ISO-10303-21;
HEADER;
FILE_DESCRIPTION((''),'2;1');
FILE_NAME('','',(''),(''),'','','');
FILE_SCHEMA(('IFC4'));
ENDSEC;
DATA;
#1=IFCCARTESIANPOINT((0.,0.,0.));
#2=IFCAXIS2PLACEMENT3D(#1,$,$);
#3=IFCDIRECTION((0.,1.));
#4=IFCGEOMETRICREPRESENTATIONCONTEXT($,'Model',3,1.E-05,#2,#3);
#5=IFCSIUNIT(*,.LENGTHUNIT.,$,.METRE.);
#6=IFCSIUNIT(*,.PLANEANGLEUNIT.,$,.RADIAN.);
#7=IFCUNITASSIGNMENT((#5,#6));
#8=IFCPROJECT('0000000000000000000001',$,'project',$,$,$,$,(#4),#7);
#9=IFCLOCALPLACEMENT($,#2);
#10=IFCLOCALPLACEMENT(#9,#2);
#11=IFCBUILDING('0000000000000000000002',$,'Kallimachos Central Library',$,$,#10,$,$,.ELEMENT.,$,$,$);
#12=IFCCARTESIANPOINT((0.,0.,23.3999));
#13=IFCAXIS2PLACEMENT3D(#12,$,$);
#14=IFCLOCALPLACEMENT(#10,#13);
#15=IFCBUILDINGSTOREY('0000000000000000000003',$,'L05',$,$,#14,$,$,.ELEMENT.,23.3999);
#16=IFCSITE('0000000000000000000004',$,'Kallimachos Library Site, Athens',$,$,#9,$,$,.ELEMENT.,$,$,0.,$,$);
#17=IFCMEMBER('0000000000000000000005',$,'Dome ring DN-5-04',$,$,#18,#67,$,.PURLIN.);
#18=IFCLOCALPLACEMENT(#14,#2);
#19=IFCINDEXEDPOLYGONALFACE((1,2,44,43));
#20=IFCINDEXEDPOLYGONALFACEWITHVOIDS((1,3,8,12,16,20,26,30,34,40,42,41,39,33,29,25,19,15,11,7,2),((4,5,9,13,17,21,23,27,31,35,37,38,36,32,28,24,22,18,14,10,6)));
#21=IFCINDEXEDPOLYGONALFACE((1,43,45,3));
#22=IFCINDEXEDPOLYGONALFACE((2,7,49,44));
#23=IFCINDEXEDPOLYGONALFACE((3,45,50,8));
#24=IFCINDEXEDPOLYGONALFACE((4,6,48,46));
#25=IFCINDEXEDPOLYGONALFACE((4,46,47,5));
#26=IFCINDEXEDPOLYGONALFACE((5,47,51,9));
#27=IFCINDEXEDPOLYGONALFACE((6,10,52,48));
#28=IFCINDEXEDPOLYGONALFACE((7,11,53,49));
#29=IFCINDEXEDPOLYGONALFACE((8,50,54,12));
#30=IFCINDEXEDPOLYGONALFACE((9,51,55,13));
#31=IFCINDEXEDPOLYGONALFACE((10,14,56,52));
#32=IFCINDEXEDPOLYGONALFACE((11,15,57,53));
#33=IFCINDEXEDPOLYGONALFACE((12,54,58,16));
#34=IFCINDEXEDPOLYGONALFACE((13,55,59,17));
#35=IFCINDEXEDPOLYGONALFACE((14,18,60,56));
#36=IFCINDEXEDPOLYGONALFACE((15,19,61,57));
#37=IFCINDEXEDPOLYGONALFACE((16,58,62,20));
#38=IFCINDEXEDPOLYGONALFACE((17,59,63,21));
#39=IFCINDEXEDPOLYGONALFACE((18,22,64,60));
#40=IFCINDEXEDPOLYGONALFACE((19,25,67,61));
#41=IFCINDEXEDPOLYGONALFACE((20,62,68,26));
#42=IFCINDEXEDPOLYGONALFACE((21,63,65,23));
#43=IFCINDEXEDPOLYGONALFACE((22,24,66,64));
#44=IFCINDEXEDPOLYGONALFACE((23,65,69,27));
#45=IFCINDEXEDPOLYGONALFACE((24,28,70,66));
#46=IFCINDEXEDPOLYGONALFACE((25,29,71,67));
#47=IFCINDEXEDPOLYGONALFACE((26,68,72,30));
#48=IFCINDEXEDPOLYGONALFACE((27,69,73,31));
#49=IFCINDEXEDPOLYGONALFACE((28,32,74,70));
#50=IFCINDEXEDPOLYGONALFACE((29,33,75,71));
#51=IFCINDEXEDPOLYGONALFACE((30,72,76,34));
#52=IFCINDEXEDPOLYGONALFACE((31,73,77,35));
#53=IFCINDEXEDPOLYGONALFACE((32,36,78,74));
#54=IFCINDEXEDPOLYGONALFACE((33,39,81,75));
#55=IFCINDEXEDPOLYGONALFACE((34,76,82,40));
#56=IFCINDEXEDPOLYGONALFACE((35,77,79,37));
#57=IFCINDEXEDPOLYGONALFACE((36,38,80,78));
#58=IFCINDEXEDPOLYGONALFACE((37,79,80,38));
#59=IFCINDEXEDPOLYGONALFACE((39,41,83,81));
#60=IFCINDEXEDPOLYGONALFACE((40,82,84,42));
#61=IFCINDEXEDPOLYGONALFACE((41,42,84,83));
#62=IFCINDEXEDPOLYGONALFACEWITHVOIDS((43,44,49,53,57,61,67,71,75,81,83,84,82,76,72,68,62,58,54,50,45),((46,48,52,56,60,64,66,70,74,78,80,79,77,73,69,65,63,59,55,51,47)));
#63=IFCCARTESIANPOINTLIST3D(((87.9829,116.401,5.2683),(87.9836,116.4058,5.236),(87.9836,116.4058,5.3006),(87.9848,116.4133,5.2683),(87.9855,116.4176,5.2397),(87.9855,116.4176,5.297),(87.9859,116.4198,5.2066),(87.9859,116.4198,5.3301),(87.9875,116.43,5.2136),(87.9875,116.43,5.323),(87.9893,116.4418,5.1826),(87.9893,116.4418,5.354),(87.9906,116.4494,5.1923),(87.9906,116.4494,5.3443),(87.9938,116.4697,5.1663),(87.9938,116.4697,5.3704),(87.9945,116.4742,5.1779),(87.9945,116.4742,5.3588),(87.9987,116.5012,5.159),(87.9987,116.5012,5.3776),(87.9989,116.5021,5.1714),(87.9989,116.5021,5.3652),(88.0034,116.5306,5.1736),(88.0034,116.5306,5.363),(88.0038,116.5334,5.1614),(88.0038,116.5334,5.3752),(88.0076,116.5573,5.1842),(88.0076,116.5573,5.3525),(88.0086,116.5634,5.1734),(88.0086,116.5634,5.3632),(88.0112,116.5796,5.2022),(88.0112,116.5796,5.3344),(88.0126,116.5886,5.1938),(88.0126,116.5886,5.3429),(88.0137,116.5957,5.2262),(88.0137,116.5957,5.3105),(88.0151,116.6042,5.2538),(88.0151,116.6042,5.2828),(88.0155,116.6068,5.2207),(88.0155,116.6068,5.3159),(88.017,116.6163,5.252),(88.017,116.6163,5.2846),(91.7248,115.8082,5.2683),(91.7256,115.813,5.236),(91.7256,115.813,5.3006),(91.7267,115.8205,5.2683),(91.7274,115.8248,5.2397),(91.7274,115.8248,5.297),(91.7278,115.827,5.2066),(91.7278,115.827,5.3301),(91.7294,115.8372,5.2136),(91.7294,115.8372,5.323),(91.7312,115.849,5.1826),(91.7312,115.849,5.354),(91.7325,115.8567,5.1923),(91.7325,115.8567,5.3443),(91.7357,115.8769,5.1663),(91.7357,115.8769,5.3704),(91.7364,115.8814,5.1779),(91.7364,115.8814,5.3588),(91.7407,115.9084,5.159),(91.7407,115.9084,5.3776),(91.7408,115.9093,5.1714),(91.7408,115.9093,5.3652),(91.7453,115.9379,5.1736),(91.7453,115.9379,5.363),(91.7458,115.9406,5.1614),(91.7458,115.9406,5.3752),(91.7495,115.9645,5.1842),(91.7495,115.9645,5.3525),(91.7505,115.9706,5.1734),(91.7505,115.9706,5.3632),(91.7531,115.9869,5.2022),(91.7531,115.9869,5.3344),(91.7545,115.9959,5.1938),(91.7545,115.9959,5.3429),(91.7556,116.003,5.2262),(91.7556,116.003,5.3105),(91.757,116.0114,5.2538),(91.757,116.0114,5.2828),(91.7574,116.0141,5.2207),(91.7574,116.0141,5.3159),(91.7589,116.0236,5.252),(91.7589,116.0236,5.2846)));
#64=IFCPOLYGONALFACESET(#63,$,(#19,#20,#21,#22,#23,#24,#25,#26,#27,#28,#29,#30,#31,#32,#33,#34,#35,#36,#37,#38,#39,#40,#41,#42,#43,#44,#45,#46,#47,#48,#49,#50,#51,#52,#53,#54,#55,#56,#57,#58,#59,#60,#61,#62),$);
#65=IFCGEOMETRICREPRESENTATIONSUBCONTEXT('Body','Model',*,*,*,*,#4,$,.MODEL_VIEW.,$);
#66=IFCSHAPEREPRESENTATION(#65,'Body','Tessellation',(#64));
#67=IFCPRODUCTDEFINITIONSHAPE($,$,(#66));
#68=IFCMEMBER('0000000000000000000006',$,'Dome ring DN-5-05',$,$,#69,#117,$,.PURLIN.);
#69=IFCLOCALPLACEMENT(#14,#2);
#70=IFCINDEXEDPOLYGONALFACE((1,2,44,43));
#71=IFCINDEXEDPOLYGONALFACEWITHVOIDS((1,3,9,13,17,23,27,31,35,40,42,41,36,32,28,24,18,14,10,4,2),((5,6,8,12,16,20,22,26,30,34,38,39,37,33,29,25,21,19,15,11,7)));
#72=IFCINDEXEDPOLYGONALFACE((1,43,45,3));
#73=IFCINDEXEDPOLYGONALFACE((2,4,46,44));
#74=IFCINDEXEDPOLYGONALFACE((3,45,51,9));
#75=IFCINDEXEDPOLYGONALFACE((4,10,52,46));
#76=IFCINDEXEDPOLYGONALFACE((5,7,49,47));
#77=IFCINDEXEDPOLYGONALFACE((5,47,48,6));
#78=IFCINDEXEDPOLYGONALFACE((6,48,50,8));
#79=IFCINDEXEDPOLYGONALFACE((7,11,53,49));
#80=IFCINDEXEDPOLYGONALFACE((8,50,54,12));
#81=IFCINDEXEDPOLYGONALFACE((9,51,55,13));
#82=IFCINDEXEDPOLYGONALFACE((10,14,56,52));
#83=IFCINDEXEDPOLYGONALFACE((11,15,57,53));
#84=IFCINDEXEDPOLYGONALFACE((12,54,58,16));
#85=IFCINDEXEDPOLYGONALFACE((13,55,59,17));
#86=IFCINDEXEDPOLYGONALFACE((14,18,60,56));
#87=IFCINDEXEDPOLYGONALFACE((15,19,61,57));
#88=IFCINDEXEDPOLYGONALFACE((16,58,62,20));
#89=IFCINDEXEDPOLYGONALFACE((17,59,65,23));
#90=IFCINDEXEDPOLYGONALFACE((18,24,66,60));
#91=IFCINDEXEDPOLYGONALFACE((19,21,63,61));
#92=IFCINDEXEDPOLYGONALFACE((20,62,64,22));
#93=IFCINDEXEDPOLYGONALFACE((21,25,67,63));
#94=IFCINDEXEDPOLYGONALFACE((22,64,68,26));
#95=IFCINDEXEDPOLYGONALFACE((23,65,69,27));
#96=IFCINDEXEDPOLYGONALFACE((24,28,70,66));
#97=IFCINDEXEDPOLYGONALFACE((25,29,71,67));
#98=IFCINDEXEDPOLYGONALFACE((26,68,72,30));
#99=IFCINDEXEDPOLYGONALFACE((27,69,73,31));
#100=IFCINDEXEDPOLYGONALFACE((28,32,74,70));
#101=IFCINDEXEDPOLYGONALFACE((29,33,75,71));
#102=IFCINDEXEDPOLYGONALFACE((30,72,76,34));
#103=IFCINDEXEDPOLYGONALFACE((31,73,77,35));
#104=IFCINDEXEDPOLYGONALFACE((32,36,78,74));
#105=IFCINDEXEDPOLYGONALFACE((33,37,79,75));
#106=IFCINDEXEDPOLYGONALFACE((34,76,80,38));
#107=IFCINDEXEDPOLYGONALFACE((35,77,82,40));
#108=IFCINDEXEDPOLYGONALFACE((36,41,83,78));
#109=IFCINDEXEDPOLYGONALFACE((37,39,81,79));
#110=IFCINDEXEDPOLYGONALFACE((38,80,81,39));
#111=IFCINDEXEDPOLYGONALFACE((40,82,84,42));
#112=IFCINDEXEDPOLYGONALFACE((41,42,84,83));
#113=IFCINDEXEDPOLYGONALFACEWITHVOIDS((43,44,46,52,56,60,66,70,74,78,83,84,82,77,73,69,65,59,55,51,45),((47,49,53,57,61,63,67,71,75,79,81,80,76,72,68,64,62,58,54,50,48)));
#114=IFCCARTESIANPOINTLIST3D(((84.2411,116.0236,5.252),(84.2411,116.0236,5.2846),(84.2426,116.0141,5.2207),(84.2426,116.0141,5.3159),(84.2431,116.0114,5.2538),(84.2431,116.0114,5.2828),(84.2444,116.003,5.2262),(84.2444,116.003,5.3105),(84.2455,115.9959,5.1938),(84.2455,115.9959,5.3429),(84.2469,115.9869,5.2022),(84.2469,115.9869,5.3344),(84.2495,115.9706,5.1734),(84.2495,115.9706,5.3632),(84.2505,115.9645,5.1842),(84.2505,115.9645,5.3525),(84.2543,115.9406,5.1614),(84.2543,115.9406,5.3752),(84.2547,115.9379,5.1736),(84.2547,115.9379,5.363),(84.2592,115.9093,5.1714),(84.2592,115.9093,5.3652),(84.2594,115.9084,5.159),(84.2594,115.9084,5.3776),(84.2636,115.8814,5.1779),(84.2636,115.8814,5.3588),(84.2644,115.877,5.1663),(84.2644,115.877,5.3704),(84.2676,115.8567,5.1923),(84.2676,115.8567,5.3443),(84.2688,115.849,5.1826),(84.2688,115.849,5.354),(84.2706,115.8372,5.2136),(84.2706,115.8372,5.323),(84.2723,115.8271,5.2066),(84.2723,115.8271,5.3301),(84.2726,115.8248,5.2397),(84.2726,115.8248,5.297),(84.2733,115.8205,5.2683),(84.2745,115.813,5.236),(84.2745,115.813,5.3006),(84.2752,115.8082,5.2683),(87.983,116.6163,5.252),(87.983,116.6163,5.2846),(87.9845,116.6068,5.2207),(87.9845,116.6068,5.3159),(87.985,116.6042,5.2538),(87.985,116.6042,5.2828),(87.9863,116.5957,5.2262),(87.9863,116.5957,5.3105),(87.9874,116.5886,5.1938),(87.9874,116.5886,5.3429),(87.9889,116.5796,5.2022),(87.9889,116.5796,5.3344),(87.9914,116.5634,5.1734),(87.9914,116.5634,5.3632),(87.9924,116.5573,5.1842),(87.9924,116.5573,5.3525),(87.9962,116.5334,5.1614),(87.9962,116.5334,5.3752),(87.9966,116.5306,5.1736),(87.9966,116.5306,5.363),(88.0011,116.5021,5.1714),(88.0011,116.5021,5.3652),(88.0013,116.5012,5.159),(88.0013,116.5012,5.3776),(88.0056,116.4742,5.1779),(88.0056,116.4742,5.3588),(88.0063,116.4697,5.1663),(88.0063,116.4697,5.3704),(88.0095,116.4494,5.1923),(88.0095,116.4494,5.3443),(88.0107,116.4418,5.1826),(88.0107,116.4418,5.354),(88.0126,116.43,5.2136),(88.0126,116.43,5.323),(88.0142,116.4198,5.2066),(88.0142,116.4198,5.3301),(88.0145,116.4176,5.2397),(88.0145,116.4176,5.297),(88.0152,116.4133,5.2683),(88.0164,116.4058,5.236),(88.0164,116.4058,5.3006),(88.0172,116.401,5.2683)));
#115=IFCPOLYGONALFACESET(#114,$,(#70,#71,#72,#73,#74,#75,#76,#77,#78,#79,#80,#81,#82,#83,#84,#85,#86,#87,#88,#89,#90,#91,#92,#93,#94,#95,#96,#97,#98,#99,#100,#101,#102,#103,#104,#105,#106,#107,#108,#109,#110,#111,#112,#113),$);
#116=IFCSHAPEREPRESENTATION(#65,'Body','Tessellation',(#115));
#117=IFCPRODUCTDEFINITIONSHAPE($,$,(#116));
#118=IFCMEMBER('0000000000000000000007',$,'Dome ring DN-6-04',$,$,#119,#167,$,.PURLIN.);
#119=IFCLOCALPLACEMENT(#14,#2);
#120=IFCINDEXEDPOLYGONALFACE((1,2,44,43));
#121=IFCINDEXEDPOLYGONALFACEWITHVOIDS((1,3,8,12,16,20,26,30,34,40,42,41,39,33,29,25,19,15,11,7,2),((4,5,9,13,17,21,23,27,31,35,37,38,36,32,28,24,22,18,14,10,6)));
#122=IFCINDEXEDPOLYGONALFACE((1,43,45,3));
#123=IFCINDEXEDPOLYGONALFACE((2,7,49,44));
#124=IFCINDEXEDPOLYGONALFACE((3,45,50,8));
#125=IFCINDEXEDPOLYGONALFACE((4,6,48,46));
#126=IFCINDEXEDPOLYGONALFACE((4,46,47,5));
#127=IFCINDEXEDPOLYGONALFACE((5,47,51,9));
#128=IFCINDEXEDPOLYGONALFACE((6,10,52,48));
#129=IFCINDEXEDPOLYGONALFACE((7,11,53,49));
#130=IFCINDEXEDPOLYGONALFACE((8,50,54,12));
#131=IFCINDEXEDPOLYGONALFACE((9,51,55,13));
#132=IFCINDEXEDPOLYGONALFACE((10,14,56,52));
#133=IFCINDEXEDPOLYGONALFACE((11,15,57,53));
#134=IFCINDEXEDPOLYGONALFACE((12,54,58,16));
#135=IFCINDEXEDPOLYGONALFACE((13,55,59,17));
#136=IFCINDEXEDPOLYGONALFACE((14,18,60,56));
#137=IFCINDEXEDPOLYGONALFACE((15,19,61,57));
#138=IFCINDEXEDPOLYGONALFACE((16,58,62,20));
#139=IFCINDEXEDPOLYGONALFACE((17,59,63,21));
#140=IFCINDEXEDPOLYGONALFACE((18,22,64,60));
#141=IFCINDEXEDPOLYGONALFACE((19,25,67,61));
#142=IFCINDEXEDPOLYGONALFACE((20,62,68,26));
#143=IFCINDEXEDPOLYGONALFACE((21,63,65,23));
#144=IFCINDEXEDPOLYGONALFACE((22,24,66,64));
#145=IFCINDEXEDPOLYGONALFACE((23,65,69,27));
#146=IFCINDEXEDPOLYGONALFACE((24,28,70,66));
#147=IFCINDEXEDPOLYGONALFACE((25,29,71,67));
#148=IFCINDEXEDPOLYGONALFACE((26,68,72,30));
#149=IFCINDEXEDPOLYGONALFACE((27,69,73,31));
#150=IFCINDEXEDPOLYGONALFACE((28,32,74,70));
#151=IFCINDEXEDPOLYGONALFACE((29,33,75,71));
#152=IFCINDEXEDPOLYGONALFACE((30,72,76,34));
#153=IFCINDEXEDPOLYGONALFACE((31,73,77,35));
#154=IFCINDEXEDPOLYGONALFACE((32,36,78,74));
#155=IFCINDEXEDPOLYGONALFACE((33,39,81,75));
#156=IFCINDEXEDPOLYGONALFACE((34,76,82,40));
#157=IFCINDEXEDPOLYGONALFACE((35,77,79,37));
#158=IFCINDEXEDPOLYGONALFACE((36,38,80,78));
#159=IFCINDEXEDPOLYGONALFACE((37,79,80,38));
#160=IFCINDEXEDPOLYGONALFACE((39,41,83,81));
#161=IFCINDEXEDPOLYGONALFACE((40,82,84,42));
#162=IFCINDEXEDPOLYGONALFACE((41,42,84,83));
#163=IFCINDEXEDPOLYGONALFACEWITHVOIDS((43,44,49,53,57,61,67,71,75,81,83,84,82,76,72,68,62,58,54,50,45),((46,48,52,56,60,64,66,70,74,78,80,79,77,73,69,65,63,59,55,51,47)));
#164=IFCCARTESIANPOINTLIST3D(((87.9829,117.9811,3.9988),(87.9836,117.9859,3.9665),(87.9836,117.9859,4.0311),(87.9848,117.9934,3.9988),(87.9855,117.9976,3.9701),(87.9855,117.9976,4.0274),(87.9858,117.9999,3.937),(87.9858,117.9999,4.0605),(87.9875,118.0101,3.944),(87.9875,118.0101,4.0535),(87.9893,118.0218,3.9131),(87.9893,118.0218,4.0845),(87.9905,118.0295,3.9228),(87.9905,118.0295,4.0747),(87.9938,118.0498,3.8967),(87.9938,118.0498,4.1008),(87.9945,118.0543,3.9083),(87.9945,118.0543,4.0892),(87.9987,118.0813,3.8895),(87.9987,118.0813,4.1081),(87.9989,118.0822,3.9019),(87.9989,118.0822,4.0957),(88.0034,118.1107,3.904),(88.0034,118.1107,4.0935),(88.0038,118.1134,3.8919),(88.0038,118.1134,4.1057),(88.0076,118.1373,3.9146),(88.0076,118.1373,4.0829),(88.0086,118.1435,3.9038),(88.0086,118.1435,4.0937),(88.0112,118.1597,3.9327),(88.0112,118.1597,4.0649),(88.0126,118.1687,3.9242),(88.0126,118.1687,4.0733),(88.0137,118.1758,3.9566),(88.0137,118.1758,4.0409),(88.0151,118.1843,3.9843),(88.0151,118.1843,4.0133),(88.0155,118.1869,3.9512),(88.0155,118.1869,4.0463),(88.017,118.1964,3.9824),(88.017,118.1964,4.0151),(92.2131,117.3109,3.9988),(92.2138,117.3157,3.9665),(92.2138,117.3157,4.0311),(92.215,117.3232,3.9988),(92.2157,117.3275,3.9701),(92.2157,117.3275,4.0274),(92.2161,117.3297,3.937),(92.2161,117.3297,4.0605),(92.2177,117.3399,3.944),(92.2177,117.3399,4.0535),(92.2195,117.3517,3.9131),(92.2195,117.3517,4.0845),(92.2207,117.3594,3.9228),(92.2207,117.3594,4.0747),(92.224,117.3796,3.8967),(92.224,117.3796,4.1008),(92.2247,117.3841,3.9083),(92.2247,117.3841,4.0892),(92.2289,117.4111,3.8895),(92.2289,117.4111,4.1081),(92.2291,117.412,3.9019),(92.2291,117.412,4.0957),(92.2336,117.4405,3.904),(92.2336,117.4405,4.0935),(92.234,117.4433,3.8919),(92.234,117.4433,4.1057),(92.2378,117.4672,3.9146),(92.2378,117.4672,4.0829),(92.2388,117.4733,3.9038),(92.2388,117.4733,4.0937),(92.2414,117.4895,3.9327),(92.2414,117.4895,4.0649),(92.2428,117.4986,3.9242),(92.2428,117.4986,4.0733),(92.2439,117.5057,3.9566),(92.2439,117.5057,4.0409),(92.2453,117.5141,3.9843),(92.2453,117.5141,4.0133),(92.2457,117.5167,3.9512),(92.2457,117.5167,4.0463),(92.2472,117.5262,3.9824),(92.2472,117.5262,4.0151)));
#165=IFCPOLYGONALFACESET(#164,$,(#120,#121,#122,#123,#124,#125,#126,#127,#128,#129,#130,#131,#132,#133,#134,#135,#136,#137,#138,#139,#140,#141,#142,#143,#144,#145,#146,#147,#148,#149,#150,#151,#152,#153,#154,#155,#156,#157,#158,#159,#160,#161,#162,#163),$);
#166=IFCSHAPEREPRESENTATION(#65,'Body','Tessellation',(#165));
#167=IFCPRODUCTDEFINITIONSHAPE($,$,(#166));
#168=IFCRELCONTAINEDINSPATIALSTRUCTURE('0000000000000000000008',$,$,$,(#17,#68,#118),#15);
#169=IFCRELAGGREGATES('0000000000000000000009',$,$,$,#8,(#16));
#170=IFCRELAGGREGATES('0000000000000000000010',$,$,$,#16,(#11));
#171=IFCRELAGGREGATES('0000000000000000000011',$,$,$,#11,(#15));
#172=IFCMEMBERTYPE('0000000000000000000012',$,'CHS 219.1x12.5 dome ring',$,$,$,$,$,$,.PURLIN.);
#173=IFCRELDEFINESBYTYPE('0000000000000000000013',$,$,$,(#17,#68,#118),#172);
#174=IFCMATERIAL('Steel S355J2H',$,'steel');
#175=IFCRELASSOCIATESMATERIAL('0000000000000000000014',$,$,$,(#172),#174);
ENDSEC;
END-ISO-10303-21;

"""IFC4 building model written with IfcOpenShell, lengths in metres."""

from ifc_helpers import new_model, si_unit, direction, frame, origin, origin_2d, place, context, subcontext, project, spatial, hollow_circle, extrude, material, material_profile, profile_set, type_object, element, save


model = new_model("IFC4")

# Units and contexts
model_context = context("Model", 3, precision=1e-05, world=origin(), true_north=direction((0.0, 1.0)))
body_context = subcontext(model_context, "Body", "Model", "MODEL_VIEW")
ifc_project = project(units=[si_unit("LENGTHUNIT", "METRE"), si_unit("PLANEANGLEUNIT", "RADIAN")], contexts=[model_context])

# Site, building, storey
site_placement = place(None, origin())
site = spatial("IfcSite", under=ifc_project, at=site_placement, Name="Kallimachos Library Site, Athens", CompositionType="ELEMENT", RefElevation=0.0)
building_placement = place(site_placement, origin())
building = spatial("IfcBuilding", under=site, at=building_placement, Name="Kallimachos Central Library", CompositionType="ELEMENT")
storey_placement = place(building_placement, frame((0.0, 0.0, 23.3999)))
storey = spatial("IfcBuildingStorey", under=building, at=storey_placement, Name="L05", CompositionType="ELEMENT", Elevation=23.3999)

# Members
ifc_material_1 = material(Name="Steel S355J2H", Category="steel")
ifc_material_profile_1 = material_profile(ifc_material_1, hollow_circle(Radius=0.1096, WallThickness=0.0125, at=origin_2d()), Name="CHS 219.1x12.5")
ifc_profile_set_1 = profile_set([ifc_material_profile_1], Name="Steel S355J2H")
member_type_1 = type_object("IfcMemberType", Name="CHS 219.1x12.5 dome ring", PredefinedType="PURLIN", material=ifc_profile_set_1)
for number, where, z_axis, x_axis, name in (
    (1, (91.7419, 115.9165, 5.2683), (-0.987684, 0.156462, 0.0), (-0.156462, -0.987684, 0.0), "Dome ring DN-5-04"),
    (2, (88.0, 116.5093, 5.2683), (-0.987684, -0.156462, 0.0), (0.156462, -0.987684, 0.0), "Dome ring DN-5-05"),
):
    element("IfcMember", number, at=place(storey_placement, frame(where, z_axis=z_axis, x_axis=x_axis)), inside=storey, type_object=member_type_1, Name=name, PredefinedType="PURLIN", context=body_context, shape_type="SweptSolid", body=[
        extrude(hollow_circle(Radius=0.1096, WallThickness=0.0125, at=origin_2d()), origin(), (0.0, 0.0, 1.0), 3.7886),
    ])
for number, where, z_axis, x_axis, name in (
    (3, (92.2302, 117.4192, 3.9988), (-0.987682, 0.156472, 0.0), (-0.156472, -0.987682, 0.0), "Dome ring DN-6-04"),
):
    element("IfcMember", number, at=place(storey_placement, frame(where, z_axis=z_axis, x_axis=x_axis)), inside=storey, type_object=member_type_1, Name=name, PredefinedType="PURLIN", context=body_context, shape_type="SweptSolid", body=[
        extrude(hollow_circle(Radius=0.1096, WallThickness=0.0125, at=origin_2d()), origin(), (0.0, 0.0, 1.0), 4.283),
    ])

save(model, "model.ifc")
